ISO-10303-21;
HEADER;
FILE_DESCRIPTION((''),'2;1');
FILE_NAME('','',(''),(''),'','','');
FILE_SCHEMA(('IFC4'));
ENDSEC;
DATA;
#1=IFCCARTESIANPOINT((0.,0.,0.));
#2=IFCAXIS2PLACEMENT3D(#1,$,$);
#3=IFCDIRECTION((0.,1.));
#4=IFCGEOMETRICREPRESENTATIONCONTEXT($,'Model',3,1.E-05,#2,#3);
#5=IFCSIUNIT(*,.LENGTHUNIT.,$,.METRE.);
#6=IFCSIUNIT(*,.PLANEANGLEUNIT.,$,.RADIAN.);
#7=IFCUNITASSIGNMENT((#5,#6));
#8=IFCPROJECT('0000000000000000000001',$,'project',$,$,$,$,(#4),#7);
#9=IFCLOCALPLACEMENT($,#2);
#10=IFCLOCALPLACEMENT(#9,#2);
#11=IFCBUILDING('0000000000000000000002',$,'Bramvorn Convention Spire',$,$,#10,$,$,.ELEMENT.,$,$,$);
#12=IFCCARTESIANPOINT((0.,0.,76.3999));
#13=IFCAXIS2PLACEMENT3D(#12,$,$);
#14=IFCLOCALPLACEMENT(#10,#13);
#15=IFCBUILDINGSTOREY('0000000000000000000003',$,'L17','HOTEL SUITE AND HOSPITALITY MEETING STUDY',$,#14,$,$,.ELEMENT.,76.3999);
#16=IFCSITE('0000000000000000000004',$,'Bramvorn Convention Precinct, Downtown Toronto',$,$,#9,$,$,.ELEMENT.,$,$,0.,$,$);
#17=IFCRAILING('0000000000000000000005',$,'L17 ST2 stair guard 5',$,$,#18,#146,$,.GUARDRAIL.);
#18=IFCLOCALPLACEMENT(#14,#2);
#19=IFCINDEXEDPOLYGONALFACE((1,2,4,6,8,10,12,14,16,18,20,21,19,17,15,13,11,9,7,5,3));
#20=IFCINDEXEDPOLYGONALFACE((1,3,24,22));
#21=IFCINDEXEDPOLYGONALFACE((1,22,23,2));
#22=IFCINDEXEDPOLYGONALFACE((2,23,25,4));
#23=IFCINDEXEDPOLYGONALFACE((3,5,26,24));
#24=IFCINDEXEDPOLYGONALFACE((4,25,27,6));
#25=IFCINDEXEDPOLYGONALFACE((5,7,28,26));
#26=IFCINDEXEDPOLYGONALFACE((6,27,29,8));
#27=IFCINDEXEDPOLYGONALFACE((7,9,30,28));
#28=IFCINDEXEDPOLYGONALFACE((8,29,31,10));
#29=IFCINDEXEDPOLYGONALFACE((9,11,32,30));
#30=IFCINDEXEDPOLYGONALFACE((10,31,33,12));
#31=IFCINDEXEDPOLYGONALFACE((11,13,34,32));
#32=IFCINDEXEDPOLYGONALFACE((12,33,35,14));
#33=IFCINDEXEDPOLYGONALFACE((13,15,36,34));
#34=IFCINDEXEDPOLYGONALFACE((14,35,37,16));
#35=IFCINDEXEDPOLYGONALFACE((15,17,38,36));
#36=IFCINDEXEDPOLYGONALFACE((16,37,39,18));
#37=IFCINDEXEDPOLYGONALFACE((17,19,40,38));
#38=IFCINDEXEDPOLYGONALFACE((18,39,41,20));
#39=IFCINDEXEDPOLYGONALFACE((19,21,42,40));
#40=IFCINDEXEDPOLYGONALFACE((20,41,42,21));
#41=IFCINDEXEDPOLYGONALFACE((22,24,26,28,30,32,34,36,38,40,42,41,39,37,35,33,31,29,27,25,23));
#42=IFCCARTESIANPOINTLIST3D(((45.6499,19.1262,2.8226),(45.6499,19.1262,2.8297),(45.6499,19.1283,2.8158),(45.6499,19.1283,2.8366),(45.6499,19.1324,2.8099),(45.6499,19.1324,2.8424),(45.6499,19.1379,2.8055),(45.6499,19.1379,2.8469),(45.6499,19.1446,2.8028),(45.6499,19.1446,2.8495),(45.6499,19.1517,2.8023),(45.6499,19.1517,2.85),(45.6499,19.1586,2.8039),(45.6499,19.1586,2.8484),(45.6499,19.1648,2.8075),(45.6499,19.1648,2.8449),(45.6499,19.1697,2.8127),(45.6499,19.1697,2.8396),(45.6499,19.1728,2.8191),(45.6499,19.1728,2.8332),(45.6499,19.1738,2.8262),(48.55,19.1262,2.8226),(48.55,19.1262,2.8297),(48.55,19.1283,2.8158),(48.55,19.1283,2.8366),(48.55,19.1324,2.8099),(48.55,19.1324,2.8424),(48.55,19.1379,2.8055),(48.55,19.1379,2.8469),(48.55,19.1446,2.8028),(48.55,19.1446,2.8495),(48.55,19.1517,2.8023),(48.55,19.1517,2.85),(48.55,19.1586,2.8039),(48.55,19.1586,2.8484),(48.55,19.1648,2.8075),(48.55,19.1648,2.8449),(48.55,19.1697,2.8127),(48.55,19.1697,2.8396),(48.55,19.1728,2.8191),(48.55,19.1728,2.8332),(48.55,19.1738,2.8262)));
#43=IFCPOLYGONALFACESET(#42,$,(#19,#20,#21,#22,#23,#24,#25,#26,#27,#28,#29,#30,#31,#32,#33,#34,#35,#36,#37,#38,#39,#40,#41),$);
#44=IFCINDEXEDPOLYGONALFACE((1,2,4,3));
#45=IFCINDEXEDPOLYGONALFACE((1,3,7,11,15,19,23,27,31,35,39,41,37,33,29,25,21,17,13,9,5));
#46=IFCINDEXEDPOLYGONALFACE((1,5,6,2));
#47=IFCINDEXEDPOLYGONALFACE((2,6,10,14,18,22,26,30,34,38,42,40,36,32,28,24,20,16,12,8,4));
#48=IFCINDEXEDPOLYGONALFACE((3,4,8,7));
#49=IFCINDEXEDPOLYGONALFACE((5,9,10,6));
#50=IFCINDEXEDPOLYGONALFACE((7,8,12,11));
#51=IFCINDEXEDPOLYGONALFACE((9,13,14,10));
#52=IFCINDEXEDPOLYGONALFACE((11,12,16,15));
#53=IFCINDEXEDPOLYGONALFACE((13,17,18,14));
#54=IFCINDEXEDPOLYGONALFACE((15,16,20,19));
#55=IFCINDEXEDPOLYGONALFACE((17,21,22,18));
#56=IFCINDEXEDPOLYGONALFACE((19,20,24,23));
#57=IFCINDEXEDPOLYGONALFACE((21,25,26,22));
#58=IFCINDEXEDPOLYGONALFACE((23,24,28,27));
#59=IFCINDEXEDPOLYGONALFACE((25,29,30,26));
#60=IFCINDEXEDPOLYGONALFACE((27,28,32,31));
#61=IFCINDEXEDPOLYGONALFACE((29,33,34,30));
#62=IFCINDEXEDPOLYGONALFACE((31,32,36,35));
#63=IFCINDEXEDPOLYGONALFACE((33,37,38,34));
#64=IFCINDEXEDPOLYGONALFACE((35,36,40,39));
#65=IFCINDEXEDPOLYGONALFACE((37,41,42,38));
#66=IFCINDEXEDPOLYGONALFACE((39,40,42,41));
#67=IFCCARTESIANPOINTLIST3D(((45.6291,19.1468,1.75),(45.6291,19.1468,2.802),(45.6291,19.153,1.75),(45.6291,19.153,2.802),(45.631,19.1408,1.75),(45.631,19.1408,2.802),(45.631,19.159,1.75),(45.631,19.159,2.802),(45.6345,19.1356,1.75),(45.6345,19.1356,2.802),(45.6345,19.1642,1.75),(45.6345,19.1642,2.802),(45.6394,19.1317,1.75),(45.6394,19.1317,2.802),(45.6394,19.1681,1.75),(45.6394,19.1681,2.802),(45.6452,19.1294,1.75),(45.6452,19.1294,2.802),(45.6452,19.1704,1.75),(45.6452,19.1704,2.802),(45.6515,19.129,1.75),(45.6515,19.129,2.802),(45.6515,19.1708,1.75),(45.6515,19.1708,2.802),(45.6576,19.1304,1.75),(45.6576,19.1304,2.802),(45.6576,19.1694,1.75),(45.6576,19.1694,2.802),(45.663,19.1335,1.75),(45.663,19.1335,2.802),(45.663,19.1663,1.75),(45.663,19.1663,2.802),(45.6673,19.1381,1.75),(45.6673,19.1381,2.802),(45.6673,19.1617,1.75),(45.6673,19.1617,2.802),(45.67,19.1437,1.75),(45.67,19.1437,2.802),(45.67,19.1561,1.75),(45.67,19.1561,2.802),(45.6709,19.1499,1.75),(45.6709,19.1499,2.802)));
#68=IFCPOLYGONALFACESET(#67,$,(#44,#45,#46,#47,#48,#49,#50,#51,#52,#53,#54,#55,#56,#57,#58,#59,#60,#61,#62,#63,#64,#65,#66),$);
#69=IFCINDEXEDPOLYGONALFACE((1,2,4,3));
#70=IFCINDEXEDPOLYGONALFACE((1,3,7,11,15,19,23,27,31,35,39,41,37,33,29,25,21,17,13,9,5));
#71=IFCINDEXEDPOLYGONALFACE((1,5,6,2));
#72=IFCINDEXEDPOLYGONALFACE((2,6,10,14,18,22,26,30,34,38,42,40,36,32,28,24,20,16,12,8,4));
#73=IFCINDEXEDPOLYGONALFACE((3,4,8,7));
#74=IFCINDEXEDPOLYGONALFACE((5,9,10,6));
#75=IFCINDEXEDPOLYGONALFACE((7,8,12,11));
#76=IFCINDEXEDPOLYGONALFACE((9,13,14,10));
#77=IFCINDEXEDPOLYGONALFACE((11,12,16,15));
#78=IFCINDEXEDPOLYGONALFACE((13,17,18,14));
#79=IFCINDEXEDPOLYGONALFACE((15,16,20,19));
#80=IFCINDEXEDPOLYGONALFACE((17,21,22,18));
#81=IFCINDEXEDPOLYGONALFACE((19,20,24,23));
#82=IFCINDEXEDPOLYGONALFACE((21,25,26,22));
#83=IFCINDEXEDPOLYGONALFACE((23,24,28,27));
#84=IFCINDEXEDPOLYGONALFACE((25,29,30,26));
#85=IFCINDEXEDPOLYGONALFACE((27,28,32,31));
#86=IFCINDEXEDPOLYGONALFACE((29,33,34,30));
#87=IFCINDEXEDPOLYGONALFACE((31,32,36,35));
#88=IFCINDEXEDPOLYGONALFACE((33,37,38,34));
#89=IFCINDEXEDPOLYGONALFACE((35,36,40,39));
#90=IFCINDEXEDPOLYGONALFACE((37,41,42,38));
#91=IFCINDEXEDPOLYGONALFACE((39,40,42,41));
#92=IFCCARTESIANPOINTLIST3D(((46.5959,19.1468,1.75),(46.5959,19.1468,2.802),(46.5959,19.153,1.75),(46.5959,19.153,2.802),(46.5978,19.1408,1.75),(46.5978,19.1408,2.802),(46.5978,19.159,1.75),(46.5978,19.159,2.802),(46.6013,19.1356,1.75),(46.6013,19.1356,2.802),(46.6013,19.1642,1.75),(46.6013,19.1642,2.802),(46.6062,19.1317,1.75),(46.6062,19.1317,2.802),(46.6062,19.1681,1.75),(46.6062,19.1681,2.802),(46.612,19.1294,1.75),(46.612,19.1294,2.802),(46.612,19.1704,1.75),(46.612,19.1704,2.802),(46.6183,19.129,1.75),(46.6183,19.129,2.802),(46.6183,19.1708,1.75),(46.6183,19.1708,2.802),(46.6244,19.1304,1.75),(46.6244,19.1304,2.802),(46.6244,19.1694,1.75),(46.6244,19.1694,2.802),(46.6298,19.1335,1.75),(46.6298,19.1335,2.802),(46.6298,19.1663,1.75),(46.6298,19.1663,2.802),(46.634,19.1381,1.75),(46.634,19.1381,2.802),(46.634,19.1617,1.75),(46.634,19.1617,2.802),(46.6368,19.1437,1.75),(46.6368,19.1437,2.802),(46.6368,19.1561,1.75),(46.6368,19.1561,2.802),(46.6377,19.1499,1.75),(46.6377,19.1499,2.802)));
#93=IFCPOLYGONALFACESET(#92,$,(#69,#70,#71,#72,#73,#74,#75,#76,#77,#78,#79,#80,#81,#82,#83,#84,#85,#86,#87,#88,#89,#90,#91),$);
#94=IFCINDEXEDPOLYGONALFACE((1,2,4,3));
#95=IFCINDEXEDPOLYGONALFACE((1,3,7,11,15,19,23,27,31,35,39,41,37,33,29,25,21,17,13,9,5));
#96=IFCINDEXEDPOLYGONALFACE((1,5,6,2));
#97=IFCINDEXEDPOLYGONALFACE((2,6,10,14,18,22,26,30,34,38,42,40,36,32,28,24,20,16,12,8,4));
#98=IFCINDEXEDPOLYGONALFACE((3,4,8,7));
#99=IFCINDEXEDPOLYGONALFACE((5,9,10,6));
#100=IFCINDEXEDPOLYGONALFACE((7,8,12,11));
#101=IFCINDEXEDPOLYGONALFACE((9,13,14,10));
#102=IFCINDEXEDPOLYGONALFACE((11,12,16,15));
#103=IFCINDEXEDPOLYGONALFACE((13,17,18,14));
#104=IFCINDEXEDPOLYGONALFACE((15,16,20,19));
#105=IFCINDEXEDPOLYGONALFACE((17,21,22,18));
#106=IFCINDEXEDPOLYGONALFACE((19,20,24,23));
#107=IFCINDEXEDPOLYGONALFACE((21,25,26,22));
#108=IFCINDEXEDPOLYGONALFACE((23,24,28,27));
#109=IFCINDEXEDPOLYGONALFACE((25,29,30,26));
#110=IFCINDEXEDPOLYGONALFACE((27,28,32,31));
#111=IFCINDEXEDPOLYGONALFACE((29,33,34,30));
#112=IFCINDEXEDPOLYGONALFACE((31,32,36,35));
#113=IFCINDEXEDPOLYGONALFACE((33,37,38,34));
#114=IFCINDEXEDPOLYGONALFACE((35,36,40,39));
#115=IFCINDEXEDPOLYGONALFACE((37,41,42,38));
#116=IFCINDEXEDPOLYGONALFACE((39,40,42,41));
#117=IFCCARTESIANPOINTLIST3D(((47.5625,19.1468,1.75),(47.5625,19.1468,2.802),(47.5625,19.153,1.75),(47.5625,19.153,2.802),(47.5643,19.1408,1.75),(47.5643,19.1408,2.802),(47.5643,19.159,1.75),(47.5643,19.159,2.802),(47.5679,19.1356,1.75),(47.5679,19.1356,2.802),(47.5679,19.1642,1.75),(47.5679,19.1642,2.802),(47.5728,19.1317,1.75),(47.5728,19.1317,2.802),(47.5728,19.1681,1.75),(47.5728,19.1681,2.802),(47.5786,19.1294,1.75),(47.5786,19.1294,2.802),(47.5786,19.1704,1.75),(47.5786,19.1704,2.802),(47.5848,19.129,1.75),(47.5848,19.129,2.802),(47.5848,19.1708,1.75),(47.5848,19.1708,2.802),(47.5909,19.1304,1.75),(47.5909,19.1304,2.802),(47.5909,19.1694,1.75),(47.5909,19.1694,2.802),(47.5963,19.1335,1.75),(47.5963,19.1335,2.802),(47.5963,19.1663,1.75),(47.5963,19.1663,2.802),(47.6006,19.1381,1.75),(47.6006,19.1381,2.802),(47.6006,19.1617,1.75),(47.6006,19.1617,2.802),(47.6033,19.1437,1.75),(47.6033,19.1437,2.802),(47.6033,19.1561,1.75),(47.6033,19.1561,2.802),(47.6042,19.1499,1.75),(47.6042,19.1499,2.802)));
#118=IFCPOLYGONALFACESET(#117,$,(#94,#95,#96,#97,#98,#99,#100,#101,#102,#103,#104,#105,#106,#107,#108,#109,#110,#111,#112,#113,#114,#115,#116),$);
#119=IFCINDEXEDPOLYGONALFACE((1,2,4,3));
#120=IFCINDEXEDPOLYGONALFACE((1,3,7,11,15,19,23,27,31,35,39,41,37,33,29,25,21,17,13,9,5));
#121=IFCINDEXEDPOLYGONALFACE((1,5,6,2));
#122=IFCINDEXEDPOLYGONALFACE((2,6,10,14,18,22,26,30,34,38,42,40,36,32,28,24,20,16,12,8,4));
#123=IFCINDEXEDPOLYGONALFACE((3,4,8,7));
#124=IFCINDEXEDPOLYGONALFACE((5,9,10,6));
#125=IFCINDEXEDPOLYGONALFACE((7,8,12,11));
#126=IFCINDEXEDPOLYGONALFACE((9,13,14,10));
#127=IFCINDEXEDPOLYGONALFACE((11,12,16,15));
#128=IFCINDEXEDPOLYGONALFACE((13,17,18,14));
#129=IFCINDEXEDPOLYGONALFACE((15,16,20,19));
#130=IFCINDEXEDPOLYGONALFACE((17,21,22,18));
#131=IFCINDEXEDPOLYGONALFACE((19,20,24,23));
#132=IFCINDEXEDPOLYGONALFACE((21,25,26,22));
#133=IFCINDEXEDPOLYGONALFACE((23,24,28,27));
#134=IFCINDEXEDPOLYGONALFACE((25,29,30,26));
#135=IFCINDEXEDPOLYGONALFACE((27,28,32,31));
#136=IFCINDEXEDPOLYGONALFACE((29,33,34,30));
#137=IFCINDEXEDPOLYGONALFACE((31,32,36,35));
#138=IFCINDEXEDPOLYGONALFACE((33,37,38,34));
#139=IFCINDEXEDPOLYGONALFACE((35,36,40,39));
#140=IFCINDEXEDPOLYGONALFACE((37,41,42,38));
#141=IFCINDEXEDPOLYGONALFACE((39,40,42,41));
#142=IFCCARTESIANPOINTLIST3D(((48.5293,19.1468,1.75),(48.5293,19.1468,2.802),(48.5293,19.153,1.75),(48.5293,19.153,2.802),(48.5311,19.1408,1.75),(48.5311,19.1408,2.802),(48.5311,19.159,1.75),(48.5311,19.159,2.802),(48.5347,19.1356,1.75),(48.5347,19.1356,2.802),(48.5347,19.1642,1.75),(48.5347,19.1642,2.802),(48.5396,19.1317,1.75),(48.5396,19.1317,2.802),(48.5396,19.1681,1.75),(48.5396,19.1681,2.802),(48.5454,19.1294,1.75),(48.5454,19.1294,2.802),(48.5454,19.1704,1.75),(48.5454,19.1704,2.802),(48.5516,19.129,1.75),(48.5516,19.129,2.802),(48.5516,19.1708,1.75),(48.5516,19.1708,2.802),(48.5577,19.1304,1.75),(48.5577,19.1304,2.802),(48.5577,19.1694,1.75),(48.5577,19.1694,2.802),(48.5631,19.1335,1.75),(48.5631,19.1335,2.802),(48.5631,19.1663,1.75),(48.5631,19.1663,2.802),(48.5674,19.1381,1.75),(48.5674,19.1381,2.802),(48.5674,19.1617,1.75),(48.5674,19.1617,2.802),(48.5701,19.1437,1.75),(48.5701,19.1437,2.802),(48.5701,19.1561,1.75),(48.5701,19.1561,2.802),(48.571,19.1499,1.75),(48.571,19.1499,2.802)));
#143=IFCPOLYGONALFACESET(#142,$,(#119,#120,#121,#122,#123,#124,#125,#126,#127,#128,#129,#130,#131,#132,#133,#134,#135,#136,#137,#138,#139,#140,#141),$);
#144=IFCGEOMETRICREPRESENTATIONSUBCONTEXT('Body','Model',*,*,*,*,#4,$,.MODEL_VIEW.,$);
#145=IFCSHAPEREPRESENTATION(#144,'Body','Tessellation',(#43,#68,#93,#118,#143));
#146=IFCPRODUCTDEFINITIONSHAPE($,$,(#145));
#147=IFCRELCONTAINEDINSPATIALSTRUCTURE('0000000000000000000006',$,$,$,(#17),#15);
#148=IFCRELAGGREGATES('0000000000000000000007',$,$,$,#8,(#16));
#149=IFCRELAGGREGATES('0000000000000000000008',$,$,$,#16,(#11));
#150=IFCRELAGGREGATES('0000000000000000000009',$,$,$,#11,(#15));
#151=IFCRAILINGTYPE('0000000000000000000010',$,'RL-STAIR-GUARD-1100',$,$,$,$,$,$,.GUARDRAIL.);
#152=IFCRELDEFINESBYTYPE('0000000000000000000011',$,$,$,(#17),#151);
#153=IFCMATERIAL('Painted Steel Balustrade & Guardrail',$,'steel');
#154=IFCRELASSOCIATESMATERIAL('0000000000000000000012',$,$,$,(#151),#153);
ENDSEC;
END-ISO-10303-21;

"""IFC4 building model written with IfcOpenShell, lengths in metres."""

from ifc_helpers import new_model, si_unit, direction, frame, origin, origin_2d, place, context, subcontext, project, spatial, circle, extrude, material, type_object, element, save


model = new_model("IFC4")

# Units and contexts
model_context = context("Model", 3, precision=1e-05, world=origin(), true_north=direction((0.0, 1.0)))
body_context = subcontext(model_context, "Body", "Model", "MODEL_VIEW")
ifc_project = project(units=[si_unit("LENGTHUNIT", "METRE"), si_unit("PLANEANGLEUNIT", "RADIAN")], contexts=[model_context])

# Site, building, storey
site_placement = place(None, origin())
site = spatial("IfcSite", under=ifc_project, at=site_placement, Name="Bramvorn Convention Precinct, Downtown Toronto", CompositionType="ELEMENT", RefElevation=0.0)
building_placement = place(site_placement, origin())
building = spatial("IfcBuilding", under=site, at=building_placement, Name="Bramvorn Convention Spire", CompositionType="ELEMENT")
storey_placement = place(building_placement, frame((0.0, 0.0, 76.3999)))
storey = spatial("IfcBuildingStorey", under=building, at=storey_placement, Name="L17", Description="HOTEL SUITE AND HOSPITALITY MEETING STUDY", CompositionType="ELEMENT", Elevation=76.3999)

# Railing
ifc_material_1 = material(Name="Painted Steel Balustrade & Guardrail", Category="steel")
railing_type_1 = type_object("IfcRailingType", Name="RL-STAIR-GUARD-1100", PredefinedType="GUARDRAIL", material=ifc_material_1)
railing_1_placement = place(storey_placement, frame((45.6499, 19.1499, 1.75)))
element("IfcRailing", 1, at=railing_1_placement, inside=storey, type_object=railing_type_1, Name="L17 ST2 stair guard 5", PredefinedType="GUARDRAIL", context=body_context, shape_type="SweptSolid", body=[
    extrude(circle(Radius=0.0239, at=origin_2d()), frame((0.0, 0.0, 1.0762), z_axis=(1.0, 0.0, 0.0), x_axis=(0.0, 1.0, 0.0)), (0.0, 0.0, 1.0), 2.9001),
    extrude(circle(Radius=0.021, at=origin_2d()), origin(), (0.0, 0.0, 1.0), 1.052),
    extrude(circle(Radius=0.021, at=origin_2d()), frame((0.9668, 0.0, 0.0)), (0.0, 0.0, 1.0), 1.052),
    extrude(circle(Radius=0.021, at=origin_2d()), frame((1.9333, 0.0, 0.0)), (0.0, 0.0, 1.0), 1.052),
    extrude(circle(Radius=0.021, at=origin_2d()), frame((2.9001, 0.0, 0.0)), (0.0, 0.0, 1.0), 1.052),
])

save(model, "model.ifc")
